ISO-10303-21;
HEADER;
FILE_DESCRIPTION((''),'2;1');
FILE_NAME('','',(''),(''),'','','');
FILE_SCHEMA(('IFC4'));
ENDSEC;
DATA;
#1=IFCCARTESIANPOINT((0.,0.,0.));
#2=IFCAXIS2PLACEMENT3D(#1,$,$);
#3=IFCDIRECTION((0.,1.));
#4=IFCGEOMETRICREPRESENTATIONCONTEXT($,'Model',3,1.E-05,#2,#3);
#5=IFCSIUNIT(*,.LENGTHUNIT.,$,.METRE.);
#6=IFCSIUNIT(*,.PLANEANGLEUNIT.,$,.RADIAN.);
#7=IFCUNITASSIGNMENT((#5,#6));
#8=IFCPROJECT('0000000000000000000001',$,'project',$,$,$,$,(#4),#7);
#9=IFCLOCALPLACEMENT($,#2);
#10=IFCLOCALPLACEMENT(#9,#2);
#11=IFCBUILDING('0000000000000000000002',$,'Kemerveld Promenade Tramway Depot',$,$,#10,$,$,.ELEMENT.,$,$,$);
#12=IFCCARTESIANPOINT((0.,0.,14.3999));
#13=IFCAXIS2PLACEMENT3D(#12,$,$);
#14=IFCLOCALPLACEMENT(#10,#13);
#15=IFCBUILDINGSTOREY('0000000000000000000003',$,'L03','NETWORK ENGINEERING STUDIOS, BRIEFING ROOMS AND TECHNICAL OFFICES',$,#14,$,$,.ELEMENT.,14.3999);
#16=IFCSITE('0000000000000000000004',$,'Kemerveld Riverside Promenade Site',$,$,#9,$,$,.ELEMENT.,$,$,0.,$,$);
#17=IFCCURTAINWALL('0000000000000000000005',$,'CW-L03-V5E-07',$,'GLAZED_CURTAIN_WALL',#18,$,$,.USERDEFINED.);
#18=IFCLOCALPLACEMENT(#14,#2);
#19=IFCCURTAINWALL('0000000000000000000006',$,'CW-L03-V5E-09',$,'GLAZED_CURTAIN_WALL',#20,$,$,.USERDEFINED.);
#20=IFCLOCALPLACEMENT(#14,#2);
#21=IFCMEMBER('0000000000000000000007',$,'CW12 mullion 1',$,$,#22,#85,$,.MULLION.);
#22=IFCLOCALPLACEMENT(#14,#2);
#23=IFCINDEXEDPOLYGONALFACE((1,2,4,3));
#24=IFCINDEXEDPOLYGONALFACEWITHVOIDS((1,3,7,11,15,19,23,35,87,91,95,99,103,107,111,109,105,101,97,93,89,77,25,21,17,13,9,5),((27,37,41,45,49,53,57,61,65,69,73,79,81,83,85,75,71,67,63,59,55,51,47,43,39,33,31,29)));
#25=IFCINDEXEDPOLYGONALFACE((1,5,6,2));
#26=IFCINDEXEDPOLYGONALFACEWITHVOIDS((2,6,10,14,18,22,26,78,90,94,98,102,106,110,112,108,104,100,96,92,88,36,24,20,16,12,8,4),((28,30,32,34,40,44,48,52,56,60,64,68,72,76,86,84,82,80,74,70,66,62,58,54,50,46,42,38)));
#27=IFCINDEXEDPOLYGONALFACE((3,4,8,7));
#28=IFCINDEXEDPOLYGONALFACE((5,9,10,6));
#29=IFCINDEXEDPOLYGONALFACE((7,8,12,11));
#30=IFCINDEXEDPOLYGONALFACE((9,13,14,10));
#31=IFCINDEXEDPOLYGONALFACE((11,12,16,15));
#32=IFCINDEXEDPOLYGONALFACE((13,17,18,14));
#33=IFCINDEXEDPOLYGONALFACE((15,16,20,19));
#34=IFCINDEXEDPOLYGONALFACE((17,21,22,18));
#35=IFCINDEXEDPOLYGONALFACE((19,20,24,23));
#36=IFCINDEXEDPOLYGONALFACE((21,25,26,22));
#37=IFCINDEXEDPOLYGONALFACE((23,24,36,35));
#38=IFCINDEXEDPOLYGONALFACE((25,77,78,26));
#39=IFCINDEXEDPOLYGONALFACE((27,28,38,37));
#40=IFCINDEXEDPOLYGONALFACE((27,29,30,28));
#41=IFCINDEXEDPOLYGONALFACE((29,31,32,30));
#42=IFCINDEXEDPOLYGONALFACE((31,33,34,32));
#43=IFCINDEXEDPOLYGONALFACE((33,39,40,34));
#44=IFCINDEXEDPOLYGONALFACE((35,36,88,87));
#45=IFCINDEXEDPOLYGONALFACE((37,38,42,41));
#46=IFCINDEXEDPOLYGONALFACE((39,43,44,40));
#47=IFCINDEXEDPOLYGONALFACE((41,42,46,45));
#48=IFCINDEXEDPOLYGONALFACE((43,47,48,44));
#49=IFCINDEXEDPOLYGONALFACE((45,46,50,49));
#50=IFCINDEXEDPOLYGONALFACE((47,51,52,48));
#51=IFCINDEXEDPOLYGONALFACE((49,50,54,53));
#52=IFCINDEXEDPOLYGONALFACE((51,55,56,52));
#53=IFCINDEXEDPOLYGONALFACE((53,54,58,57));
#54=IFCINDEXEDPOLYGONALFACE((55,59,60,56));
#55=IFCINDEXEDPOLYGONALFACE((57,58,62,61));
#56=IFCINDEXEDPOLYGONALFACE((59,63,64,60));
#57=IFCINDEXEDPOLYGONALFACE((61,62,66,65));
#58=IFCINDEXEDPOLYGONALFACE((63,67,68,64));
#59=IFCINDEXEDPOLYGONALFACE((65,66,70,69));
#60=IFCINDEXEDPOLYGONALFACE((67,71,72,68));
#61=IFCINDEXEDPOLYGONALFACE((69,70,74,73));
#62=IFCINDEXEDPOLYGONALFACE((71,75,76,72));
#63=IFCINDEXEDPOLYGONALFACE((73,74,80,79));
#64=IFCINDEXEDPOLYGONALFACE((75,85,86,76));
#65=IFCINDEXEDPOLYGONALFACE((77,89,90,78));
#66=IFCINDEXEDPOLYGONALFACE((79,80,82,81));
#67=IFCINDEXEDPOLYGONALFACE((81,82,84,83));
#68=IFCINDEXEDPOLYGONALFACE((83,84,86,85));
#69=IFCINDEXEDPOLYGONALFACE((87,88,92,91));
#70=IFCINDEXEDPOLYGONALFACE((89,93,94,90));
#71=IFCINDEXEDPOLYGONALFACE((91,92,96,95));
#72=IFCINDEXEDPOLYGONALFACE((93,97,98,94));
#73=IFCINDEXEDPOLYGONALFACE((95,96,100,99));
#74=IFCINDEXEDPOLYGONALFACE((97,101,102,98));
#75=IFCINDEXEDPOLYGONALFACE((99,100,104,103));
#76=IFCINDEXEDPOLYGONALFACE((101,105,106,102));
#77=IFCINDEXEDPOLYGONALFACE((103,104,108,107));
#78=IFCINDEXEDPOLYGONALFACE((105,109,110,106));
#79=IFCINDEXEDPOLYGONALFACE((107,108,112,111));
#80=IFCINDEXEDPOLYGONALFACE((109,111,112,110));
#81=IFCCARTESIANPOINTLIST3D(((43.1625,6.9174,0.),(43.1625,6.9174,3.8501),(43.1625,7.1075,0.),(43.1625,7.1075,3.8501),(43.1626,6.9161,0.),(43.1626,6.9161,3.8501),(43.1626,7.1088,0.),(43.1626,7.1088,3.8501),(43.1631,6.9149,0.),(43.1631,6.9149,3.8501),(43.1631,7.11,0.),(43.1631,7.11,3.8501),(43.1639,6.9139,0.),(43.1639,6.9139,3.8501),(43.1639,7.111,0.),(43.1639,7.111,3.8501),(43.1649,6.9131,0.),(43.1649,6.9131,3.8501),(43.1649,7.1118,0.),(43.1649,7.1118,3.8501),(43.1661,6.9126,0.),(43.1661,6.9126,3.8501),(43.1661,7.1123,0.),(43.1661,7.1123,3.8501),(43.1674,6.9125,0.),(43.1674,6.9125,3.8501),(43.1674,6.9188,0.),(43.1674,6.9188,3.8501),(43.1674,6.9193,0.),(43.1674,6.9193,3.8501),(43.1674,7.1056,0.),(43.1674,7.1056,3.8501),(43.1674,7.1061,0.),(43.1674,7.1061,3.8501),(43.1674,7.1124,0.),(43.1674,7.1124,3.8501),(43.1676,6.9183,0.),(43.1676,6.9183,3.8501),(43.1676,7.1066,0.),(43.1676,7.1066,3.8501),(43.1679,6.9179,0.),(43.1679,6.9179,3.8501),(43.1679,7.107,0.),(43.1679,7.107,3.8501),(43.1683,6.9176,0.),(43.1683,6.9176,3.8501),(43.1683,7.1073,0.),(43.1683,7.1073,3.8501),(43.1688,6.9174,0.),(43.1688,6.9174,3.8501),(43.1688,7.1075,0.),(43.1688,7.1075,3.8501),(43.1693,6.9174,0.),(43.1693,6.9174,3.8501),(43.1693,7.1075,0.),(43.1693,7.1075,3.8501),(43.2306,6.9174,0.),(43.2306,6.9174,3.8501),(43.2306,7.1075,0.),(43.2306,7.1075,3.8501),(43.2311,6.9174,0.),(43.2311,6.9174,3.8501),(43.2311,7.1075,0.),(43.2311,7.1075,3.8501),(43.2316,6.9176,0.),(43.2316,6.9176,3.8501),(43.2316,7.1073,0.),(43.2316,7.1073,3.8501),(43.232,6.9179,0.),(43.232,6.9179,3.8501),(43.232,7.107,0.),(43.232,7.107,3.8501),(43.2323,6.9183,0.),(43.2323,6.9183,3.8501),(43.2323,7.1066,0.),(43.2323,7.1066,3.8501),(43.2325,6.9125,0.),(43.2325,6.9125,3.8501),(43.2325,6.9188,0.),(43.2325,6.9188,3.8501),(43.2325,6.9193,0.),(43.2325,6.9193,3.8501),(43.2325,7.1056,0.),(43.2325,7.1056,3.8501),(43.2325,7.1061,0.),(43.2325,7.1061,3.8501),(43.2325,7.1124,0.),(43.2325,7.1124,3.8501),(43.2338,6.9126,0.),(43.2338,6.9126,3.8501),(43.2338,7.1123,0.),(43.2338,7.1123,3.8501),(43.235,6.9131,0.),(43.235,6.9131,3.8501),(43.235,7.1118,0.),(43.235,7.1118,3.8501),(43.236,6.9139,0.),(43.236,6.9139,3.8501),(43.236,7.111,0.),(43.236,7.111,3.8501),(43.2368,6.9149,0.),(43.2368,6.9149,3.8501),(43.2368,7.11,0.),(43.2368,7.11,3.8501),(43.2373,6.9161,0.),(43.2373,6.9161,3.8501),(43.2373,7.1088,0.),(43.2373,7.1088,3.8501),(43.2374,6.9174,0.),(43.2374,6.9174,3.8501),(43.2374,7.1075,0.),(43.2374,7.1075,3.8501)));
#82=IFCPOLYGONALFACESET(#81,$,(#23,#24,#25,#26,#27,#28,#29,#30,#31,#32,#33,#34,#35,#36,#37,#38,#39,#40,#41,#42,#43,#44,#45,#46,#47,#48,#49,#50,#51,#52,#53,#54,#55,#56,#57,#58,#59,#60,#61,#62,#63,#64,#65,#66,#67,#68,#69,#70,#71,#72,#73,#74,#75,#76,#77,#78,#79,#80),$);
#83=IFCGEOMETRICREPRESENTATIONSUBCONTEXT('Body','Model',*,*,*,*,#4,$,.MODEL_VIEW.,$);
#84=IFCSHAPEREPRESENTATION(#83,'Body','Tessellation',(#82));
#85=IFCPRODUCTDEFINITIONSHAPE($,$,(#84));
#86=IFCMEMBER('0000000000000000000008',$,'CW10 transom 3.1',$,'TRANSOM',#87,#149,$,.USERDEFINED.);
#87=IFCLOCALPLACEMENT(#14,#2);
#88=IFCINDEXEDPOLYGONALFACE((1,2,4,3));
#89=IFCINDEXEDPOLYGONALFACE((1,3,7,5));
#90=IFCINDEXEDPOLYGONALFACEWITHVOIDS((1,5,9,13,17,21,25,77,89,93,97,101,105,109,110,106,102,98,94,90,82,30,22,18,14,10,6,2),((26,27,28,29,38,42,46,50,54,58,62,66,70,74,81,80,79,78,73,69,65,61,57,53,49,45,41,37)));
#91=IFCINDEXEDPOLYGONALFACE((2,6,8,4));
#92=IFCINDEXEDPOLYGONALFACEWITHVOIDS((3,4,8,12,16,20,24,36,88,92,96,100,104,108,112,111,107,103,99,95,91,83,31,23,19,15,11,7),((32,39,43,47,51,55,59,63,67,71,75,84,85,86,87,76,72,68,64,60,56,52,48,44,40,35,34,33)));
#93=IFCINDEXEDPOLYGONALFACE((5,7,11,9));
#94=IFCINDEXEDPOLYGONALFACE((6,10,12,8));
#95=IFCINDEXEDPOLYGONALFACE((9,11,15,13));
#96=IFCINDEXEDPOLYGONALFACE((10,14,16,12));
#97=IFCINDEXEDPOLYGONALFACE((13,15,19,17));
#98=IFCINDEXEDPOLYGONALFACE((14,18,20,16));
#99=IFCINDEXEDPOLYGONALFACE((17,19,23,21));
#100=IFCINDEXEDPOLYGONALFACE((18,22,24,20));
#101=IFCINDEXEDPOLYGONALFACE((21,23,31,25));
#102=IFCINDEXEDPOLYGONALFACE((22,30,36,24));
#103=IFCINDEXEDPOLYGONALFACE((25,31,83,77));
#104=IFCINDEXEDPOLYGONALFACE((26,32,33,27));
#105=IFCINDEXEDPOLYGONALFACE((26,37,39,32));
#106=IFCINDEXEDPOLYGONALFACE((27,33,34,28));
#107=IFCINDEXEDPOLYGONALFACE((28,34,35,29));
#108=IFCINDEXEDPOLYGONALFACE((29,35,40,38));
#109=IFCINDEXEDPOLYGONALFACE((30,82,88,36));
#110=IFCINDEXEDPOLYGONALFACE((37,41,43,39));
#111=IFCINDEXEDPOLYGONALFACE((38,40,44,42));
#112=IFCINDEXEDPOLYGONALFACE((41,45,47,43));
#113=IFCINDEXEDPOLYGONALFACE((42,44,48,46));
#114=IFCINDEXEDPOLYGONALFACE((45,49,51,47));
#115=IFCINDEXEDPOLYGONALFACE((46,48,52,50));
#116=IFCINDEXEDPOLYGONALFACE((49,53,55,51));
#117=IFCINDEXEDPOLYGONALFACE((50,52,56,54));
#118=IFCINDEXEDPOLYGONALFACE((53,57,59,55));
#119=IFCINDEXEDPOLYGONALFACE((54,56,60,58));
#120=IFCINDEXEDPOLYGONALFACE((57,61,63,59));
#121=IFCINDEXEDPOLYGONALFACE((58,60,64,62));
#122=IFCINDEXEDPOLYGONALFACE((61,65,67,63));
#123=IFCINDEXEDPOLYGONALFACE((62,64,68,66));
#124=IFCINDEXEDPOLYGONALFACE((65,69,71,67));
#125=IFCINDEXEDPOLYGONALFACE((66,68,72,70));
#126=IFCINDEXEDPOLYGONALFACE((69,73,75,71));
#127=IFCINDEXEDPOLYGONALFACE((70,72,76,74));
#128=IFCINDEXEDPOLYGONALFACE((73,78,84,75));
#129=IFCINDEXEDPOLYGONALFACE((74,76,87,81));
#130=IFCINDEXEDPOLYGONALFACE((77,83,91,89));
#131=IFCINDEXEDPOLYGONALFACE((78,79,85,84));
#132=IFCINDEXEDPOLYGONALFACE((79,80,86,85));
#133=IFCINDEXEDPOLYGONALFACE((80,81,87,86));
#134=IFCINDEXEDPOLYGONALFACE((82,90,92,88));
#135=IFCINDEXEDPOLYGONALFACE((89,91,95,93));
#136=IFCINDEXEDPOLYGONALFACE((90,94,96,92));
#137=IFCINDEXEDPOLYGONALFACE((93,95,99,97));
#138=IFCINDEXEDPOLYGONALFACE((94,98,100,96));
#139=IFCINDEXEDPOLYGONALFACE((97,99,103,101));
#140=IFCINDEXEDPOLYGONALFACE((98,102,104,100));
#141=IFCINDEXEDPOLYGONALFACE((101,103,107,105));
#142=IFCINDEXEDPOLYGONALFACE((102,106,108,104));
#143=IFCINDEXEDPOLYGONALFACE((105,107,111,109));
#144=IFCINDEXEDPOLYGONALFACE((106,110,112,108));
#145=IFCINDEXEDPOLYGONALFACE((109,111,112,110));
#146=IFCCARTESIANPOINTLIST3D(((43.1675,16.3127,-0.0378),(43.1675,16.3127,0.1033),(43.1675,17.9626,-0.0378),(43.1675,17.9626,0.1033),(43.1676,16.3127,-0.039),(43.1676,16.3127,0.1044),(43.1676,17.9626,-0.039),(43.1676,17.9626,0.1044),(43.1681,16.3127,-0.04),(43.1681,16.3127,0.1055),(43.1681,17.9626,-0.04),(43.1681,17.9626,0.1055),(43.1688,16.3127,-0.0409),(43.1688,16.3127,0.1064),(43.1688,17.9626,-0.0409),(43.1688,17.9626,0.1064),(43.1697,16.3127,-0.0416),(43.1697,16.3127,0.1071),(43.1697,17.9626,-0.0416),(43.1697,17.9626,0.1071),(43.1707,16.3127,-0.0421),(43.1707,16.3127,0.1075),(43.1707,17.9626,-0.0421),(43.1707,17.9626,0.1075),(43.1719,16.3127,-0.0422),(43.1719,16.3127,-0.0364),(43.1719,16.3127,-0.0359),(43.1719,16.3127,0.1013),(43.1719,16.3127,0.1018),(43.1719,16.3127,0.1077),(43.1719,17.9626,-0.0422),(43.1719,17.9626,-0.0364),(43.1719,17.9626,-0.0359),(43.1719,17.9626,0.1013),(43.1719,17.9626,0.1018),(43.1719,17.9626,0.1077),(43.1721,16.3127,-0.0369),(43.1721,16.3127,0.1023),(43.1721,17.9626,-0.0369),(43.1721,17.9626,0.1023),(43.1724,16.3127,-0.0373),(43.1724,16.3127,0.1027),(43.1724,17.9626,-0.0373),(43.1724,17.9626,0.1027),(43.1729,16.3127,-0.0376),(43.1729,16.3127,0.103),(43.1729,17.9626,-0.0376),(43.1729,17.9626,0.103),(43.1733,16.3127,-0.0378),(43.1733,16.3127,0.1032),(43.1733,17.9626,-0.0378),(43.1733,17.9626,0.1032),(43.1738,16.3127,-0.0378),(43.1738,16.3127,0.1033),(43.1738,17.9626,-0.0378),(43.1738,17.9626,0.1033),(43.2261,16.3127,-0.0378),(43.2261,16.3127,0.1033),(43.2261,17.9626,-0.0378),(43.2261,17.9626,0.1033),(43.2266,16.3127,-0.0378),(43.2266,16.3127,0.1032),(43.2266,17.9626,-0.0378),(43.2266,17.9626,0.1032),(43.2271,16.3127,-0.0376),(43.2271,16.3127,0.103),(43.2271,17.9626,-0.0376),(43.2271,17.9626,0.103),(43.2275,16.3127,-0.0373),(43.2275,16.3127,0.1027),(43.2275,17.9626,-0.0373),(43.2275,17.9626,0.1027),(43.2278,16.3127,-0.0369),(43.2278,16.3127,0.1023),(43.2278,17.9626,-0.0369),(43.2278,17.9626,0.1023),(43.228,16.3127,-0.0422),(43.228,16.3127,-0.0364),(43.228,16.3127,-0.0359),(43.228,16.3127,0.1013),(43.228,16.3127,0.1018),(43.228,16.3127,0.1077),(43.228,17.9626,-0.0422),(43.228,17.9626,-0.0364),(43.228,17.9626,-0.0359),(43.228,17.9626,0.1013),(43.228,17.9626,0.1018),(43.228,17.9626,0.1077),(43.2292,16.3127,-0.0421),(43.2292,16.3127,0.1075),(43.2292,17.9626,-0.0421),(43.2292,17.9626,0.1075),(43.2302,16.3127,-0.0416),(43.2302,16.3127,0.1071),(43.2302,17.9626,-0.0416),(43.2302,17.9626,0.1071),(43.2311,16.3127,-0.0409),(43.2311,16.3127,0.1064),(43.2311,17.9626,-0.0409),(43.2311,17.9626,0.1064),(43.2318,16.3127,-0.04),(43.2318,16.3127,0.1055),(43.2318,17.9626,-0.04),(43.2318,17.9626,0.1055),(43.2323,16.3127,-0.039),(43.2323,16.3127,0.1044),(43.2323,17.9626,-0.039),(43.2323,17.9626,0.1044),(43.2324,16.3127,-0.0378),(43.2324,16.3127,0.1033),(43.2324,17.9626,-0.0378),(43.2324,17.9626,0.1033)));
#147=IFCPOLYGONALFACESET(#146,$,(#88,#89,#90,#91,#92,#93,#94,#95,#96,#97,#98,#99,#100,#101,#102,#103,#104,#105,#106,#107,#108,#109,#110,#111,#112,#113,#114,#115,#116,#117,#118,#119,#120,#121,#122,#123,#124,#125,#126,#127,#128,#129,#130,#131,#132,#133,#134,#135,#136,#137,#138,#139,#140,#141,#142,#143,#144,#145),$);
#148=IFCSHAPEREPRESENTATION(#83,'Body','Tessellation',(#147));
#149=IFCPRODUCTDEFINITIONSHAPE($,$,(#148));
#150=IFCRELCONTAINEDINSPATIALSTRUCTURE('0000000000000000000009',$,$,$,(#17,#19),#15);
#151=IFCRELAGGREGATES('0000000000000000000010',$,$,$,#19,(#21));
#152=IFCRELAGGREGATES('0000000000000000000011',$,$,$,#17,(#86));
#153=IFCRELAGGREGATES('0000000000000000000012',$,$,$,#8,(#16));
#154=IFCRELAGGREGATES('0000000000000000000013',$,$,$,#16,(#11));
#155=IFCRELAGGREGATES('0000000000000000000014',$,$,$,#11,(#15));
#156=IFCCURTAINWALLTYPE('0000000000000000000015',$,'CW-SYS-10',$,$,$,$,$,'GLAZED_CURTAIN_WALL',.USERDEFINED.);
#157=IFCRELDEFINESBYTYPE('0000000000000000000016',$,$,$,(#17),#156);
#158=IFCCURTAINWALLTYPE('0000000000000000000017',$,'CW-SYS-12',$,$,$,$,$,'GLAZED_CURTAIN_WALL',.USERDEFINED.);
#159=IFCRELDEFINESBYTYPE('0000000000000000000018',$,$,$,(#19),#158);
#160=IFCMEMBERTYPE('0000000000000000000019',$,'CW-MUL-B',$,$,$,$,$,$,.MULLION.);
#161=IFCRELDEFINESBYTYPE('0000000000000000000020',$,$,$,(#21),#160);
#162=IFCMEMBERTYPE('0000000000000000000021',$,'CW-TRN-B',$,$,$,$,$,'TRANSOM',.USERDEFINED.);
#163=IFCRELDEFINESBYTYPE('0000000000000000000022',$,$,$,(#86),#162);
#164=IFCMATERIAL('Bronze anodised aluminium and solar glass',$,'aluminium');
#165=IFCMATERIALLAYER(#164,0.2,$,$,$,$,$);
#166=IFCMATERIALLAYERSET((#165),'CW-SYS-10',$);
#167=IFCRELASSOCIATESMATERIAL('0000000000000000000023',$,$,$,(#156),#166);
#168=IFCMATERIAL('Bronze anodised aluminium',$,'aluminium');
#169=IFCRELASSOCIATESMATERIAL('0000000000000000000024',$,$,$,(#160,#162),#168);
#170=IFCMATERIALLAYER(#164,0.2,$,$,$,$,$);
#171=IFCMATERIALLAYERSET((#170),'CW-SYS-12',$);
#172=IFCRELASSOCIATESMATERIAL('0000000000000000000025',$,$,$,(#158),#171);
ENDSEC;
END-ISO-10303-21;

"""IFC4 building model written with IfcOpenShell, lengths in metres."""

from ifc_helpers import new_model, si_unit, direction, frame, origin, origin_2d, place, context, subcontext, project, spatial, hollow_rectangle, extrude, material, layer, layer_set, material_profile, profile_set, type_object, element, aggregate, save


model = new_model("IFC4")

# Units and contexts
model_context = context("Model", 3, precision=1e-05, world=origin(), true_north=direction((0.0, 1.0)))
body_context = subcontext(model_context, "Body", "Model", "MODEL_VIEW")
ifc_project = project(units=[si_unit("LENGTHUNIT", "METRE"), si_unit("PLANEANGLEUNIT", "RADIAN")], contexts=[model_context])

# Site, building, storey
site_placement = place(None, origin())
site = spatial("IfcSite", under=ifc_project, at=site_placement, Name="Kemerveld Riverside Promenade Site", CompositionType="ELEMENT", RefElevation=0.0)
building_placement = place(site_placement, origin())
building = spatial("IfcBuilding", under=site, at=building_placement, Name="Kemerveld Promenade Tramway Depot", CompositionType="ELEMENT")
storey_placement = place(building_placement, frame((0.0, 0.0, 14.3999)))
storey = spatial("IfcBuildingStorey", under=building, at=storey_placement, Name="L03", Description="NETWORK ENGINEERING STUDIOS, BRIEFING ROOMS AND TECHNICAL OFFICES", CompositionType="ELEMENT", Elevation=14.3999)

# Curtain wall
ifc_material_1 = material(Name="Bronze anodised aluminium and solar glass", Category="aluminium")
ifc_layer_1 = layer(ifc_material_1, 0.2)
ifc_layer_set_1 = layer_set([ifc_layer_1], Name="CW-SYS-10")
curtain_wall_type_1 = type_object("IfcCurtainWallType", Name="CW-SYS-10", ElementType="GLAZED_CURTAIN_WALL", PredefinedType="USERDEFINED", material=ifc_layer_set_1)
curtain_wall_1_placement = place(storey_placement, origin())
curtain_wall_1 = element("IfcCurtainWall", 1, at=curtain_wall_1_placement, inside=storey, type_object=curtain_wall_type_1, Name="CW-L03-V5E-07", ObjectType="GLAZED_CURTAIN_WALL", PredefinedType="USERDEFINED")
ifc_material_2 = material(Name="Bronze anodised aluminium", Category="aluminium")
ifc_material_profile_1 = material_profile(ifc_material_2, hollow_rectangle(XDim=0.075, YDim=0.2, WallThickness=0.0049, InnerFilletRadius=0.002, OuterFilletRadius=0.0049, at=origin_2d()), Name="CW-MUL-200x75")
ifc_profile_set_1 = profile_set([ifc_material_profile_1], Name="Bronze anodised aluminium")
member_type_1 = type_object("IfcMemberType", Name="CW-MUL-B", PredefinedType="MULLION", material=ifc_profile_set_1)

# Curtain wall, member
ifc_layer_2 = layer(ifc_material_1, 0.2)
ifc_layer_set_2 = layer_set([ifc_layer_2], Name="CW-SYS-12")
curtain_wall_type_2 = type_object("IfcCurtainWallType", Name="CW-SYS-12", ElementType="GLAZED_CURTAIN_WALL", PredefinedType="USERDEFINED", material=ifc_layer_set_2)
curtain_wall_2_placement = place(storey_placement, origin())
curtain_wall_2 = element("IfcCurtainWall", 2, at=curtain_wall_2_placement, inside=storey, type_object=curtain_wall_type_2, Name="CW-L03-V5E-09", ObjectType="GLAZED_CURTAIN_WALL", PredefinedType="USERDEFINED")
member_1_placement = place(storey_placement, frame((43.2, 7.0125, 0.0), z_axis=(0.0, 0.0, 1.0), x_axis=(1.0, 0.0, 0.0)))
member_1 = element("IfcMember", 3, at=member_1_placement, type_object=member_type_1, Name="CW12 mullion 1", PredefinedType="MULLION", context=body_context, shape_type="SweptSolid", body=[
    extrude(hollow_rectangle(XDim=0.075, YDim=0.2, WallThickness=0.0049, InnerFilletRadius=0.002, OuterFilletRadius=0.0049, at=origin_2d()), origin(), (0.0, 0.0, 1.0), 3.8501),
])

# Member
ifc_material_profile_2 = material_profile(ifc_material_2, hollow_rectangle(XDim=0.0649, YDim=0.1499, WallThickness=0.0044, InnerFilletRadius=0.002, OuterFilletRadius=0.0044, at=origin_2d()), Name="CW-TRN-150x65")
ifc_profile_set_2 = profile_set([ifc_material_profile_2], Name="Bronze anodised aluminium")
member_type_2 = type_object("IfcMemberType", Name="CW-TRN-B", ElementType="TRANSOM", PredefinedType="USERDEFINED", material=ifc_profile_set_2)
member_2_placement = place(storey_placement, frame((43.2, 17.9626, 0.0327), z_axis=(0.0, -1.0, 0.0), x_axis=(1.0, 0.0, 0.0)))
member_2 = element("IfcMember", 4, at=member_2_placement, type_object=member_type_2, Name="CW10 transom 3.1", ObjectType="TRANSOM", PredefinedType="USERDEFINED", context=body_context, shape_type="SweptSolid", body=[
    extrude(hollow_rectangle(XDim=0.0649, YDim=0.1499, WallThickness=0.0044, InnerFilletRadius=0.002, OuterFilletRadius=0.0044, at=origin_2d()), origin(), (0.0, 0.0, 1.0), 1.6499),
])
aggregate(curtain_wall_2, [member_1])

aggregate(curtain_wall_1, [member_2])

save(model, "model.ifc")
